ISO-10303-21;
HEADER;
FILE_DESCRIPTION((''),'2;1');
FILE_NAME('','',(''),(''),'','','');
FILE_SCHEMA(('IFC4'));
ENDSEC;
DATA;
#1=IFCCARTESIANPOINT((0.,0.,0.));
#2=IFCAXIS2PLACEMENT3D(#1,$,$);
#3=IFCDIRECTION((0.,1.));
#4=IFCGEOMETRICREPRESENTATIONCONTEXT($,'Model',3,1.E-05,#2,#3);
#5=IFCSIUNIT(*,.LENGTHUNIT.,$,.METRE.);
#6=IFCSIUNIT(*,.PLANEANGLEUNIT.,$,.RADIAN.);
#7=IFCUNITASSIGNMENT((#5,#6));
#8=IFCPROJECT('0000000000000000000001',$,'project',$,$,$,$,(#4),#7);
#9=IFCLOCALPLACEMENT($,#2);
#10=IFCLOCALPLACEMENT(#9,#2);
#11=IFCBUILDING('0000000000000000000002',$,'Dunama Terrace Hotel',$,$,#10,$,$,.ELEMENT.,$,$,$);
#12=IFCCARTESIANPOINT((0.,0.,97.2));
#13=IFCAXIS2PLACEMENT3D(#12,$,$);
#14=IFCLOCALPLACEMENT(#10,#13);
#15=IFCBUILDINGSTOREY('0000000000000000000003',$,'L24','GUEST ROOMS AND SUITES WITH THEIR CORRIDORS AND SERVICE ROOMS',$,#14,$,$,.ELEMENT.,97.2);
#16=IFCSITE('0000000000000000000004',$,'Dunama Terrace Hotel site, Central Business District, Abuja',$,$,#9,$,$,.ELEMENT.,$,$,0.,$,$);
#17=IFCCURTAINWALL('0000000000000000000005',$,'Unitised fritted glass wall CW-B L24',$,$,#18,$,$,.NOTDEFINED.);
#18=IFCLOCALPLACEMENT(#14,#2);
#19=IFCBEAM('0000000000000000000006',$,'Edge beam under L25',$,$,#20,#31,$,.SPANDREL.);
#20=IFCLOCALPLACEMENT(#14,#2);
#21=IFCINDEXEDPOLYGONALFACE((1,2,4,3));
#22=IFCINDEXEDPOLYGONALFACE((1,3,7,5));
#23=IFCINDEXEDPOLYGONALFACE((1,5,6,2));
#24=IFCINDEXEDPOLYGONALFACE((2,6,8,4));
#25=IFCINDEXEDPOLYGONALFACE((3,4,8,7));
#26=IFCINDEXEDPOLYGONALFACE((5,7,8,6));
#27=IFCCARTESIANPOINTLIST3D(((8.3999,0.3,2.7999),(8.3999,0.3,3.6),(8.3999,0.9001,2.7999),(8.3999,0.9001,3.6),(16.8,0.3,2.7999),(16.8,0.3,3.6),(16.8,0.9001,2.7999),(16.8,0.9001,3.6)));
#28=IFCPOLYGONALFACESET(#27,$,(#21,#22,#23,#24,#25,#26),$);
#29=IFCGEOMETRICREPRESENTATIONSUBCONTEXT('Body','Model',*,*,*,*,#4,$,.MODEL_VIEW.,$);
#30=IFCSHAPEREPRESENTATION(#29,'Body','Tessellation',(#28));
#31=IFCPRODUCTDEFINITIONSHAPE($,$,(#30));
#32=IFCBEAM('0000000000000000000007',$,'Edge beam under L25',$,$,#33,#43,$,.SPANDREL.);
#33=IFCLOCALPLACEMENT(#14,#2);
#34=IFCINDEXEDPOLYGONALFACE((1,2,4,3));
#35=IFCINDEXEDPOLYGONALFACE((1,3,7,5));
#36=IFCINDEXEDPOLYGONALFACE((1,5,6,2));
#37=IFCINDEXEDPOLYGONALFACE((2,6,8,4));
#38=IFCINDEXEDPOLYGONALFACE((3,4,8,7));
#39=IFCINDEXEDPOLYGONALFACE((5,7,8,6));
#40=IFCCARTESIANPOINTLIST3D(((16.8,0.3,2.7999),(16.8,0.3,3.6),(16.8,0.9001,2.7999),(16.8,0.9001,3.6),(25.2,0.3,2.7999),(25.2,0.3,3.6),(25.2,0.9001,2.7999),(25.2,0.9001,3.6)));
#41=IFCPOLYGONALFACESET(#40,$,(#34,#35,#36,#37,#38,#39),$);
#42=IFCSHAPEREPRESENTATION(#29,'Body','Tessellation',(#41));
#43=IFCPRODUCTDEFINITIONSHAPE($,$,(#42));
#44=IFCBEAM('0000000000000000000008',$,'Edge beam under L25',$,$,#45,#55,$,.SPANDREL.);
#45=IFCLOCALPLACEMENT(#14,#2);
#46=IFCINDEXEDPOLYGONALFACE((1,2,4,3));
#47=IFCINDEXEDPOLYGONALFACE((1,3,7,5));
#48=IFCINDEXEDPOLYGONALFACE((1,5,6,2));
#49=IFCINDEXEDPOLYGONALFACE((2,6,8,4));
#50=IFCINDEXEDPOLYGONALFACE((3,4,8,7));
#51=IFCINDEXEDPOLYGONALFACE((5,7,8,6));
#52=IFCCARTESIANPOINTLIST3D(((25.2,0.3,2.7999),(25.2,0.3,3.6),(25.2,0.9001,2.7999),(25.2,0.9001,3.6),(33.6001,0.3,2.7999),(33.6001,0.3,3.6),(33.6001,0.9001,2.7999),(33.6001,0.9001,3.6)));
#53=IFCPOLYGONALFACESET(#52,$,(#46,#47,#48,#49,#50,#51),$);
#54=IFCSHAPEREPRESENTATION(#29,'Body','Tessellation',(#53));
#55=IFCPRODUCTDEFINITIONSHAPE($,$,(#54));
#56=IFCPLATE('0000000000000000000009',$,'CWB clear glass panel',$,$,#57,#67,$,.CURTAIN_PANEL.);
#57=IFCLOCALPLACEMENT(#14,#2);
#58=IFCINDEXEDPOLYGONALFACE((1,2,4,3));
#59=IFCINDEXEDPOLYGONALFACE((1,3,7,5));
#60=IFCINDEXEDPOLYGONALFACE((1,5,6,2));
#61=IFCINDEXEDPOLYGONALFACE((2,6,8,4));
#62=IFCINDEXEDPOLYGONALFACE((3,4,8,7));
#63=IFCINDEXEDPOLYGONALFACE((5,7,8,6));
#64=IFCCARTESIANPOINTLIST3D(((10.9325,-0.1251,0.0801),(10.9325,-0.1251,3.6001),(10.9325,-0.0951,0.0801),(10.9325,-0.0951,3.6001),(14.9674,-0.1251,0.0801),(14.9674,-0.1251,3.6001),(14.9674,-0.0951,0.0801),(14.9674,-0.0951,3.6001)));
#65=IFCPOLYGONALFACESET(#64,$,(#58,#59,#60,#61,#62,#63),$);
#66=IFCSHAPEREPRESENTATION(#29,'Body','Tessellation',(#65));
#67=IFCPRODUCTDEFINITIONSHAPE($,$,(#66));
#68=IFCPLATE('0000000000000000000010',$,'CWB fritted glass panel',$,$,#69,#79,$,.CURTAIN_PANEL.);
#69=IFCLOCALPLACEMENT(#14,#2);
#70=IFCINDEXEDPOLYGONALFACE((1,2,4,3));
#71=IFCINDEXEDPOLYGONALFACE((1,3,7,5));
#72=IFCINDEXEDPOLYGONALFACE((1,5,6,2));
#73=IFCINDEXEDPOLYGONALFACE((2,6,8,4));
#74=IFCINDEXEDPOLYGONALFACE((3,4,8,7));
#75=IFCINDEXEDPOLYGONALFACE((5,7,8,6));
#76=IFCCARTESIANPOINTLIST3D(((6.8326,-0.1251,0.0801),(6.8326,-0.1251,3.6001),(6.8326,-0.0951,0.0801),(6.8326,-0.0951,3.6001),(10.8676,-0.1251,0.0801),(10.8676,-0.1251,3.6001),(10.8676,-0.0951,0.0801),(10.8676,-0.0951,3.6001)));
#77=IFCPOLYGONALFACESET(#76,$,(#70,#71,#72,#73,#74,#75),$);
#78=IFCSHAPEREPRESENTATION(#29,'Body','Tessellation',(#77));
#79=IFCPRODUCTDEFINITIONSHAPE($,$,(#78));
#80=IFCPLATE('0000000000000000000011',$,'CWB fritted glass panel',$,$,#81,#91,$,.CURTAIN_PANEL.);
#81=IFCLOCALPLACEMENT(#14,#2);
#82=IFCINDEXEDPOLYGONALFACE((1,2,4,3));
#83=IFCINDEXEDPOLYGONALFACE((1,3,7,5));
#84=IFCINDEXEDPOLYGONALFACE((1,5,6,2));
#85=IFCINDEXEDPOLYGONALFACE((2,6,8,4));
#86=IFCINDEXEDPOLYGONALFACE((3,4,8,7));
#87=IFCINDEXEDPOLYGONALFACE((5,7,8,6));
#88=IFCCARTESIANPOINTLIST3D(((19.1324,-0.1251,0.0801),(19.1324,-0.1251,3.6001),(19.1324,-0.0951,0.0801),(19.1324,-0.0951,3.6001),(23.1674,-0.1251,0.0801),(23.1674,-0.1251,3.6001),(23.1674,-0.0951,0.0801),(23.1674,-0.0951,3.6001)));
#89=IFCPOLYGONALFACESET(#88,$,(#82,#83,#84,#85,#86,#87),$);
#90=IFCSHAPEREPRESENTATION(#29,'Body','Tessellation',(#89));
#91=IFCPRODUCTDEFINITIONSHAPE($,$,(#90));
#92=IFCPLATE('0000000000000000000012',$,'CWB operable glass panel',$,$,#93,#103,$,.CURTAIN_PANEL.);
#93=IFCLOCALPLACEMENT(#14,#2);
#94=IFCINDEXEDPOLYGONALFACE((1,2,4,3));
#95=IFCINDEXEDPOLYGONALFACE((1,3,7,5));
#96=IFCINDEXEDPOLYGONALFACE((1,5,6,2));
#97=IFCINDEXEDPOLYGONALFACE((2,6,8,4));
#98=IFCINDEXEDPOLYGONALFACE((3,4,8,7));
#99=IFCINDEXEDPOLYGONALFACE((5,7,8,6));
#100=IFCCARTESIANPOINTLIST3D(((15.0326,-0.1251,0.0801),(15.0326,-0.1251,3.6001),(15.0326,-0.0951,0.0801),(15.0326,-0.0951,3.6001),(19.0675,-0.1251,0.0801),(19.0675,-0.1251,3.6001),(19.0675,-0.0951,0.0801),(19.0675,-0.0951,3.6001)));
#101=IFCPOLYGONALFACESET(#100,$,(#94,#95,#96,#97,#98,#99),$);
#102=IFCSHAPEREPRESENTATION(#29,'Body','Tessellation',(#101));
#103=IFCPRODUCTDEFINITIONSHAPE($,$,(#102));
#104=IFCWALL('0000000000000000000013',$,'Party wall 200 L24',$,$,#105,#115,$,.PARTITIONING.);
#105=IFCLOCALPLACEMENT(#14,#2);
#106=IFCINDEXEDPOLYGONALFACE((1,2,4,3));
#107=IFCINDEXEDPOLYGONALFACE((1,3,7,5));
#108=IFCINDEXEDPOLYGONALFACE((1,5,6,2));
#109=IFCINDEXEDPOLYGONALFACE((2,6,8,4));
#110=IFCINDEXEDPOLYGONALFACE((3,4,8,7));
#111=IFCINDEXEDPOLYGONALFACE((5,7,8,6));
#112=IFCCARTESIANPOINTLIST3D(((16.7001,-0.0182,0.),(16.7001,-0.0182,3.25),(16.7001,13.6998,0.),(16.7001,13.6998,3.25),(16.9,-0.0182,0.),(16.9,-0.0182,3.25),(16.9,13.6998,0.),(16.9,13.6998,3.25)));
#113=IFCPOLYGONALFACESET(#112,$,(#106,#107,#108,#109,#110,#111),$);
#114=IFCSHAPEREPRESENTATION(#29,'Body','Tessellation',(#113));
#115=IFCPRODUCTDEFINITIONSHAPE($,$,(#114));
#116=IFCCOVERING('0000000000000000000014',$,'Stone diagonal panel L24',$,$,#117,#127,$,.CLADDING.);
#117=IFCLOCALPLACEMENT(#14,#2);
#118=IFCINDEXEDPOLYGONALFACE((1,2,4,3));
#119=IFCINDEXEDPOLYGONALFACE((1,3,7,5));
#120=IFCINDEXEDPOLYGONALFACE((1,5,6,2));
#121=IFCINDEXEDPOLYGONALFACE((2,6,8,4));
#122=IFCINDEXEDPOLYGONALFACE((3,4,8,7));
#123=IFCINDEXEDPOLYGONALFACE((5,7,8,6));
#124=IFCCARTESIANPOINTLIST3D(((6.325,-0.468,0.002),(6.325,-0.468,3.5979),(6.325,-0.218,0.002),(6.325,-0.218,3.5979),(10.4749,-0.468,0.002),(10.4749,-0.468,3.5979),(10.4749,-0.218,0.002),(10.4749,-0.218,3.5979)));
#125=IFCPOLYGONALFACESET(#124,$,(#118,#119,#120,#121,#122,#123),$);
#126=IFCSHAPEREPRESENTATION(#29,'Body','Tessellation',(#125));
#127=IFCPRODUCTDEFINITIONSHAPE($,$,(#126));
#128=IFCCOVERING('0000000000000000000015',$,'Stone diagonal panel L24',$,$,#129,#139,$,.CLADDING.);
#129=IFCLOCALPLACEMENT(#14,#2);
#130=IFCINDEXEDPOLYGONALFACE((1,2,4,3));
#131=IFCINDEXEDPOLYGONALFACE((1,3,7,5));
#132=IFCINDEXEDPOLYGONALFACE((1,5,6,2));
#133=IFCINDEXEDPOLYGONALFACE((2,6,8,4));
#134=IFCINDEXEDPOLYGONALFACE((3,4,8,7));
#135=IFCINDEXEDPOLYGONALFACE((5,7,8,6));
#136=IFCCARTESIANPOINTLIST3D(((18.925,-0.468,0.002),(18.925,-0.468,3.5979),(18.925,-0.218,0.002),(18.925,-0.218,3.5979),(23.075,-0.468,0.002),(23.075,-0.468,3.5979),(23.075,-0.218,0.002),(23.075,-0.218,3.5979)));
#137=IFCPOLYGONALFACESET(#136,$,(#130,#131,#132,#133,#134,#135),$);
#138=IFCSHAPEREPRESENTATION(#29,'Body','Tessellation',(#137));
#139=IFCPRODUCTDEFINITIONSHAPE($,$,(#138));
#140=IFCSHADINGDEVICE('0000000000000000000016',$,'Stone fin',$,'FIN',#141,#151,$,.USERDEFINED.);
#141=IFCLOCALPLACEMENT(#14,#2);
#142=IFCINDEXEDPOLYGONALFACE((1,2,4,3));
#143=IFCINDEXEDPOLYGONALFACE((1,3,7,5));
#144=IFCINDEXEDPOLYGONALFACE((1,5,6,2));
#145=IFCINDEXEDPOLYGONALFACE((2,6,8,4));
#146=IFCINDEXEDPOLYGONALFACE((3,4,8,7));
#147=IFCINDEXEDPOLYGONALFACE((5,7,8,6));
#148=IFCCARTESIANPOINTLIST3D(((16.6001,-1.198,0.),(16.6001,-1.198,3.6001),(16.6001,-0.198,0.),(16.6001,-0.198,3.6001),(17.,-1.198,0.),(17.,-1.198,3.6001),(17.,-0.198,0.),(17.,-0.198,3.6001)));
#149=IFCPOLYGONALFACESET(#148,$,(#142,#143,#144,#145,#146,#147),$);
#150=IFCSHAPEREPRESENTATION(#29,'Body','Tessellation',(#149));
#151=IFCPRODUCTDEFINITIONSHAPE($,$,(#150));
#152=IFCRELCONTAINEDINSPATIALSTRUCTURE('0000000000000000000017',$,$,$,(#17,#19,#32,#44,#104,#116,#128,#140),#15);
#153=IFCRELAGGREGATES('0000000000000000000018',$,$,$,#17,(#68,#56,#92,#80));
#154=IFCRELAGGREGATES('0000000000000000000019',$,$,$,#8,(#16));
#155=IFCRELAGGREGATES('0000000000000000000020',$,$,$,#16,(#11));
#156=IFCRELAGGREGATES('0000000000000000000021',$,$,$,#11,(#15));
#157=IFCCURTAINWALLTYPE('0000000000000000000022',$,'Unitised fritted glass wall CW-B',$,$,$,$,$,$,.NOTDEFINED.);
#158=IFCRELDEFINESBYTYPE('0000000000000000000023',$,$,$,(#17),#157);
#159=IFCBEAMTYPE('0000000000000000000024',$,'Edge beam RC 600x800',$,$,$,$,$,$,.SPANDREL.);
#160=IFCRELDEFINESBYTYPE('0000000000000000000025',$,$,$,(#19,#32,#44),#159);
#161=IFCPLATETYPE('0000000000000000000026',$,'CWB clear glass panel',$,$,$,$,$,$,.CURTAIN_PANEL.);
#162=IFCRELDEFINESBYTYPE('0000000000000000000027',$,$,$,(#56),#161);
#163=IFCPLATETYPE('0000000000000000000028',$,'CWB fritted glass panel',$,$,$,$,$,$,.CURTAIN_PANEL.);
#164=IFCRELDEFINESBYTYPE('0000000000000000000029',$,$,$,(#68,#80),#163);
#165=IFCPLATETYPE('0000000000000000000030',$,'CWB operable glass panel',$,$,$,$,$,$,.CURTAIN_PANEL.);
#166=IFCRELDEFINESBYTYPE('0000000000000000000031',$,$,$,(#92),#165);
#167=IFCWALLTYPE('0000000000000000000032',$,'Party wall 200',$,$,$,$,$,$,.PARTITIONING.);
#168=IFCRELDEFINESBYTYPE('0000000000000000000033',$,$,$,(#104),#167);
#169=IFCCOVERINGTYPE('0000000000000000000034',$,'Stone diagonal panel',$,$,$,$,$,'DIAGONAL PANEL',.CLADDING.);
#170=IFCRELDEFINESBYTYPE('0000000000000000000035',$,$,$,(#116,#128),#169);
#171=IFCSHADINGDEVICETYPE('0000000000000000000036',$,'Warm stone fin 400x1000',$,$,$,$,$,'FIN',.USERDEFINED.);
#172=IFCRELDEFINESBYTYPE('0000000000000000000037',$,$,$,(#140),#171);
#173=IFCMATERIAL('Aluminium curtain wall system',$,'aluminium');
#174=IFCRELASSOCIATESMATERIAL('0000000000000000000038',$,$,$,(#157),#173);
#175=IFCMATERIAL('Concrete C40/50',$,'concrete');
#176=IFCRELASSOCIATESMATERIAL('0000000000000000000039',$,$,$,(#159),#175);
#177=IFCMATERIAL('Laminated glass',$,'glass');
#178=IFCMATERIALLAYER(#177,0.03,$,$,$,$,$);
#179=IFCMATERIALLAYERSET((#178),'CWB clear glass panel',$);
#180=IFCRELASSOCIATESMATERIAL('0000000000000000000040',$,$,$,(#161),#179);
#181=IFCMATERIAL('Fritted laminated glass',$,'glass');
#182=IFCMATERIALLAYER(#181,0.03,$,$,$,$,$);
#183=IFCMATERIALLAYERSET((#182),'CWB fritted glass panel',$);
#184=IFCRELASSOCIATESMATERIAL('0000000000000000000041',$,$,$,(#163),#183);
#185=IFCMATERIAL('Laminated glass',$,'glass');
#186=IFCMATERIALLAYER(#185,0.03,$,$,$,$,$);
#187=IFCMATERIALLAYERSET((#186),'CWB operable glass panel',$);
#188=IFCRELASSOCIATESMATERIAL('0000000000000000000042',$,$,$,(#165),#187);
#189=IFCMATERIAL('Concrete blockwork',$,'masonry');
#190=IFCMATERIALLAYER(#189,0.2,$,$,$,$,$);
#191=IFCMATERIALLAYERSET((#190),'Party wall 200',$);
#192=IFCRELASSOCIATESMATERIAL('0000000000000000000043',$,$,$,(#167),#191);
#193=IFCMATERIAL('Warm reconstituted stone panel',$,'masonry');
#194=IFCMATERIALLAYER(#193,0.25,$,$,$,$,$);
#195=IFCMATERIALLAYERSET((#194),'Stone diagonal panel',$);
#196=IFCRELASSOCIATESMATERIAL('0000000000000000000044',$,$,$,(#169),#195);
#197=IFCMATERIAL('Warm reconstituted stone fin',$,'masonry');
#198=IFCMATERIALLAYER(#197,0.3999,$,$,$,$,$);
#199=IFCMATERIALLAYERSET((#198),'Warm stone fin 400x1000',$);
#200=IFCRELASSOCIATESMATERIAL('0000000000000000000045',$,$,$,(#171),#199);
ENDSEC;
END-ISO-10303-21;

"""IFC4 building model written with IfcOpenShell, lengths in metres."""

from ifc_helpers import new_model, si_unit, direction, frame, frame_2d, origin, origin_2d, place, context, subcontext, project, spatial, rectangle, extrude, material, layer, layer_set, material_profile, profile_set, type_object, element, aggregate, save


model = new_model("IFC4")

# Units and contexts
model_context = context("Model", 3, precision=1e-05, world=origin(), true_north=direction((0.0, 1.0)))
body_context = subcontext(model_context, "Body", "Model", "MODEL_VIEW")
ifc_project = project(units=[si_unit("LENGTHUNIT", "METRE"), si_unit("PLANEANGLEUNIT", "RADIAN")], contexts=[model_context])

# Site, building, storey
site_placement = place(None, origin())
site = spatial("IfcSite", under=ifc_project, at=site_placement, Name="Dunama Terrace Hotel site, Central Business District, Abuja", CompositionType="ELEMENT", RefElevation=0.0)
building_placement = place(site_placement, origin())
building = spatial("IfcBuilding", under=site, at=building_placement, Name="Dunama Terrace Hotel", CompositionType="ELEMENT")
storey_placement = place(building_placement, frame((0.0, 0.0, 97.2)))
storey = spatial("IfcBuildingStorey", under=building, at=storey_placement, Name="L24", Description="GUEST ROOMS AND SUITES WITH THEIR CORRIDORS AND SERVICE ROOMS", CompositionType="ELEMENT", Elevation=97.2)

# Curtain wall
ifc_material_1 = material(Name="Aluminium curtain wall system", Category="aluminium")
curtain_wall_type = type_object("IfcCurtainWallType", Name="Unitised fritted glass wall CW-B", PredefinedType="NOTDEFINED", material=ifc_material_1)
curtain_wall_placement = place(storey_placement, origin())
curtain_wall = element("IfcCurtainWall", 1, at=curtain_wall_placement, inside=storey, type_object=curtain_wall_type, Name="Unitised fritted glass wall CW-B L24", PredefinedType="NOTDEFINED")

# Beams
ifc_material_2 = material(Name="Concrete C40/50", Category="concrete")
ifc_material_profile_1 = material_profile(ifc_material_2, rectangle(XDim=0.6001, YDim=0.8, at=origin_2d()), Name="RC 600x800")
ifc_profile_set_1 = profile_set([ifc_material_profile_1], Name="Concrete C40/50")
beam_type_1 = type_object("IfcBeamType", Name="Edge beam RC 600x800", PredefinedType="SPANDREL", material=ifc_profile_set_1)
beam_1_placement = place(storey_placement, frame((8.3999, 0.6001, 3.2), z_axis=(1.0, 0.0, 0.0), x_axis=(0.0, 1.0, 0.0)))
element("IfcBeam", 2, at=beam_1_placement, inside=storey, type_object=beam_type_1, Name="Edge beam under L25", PredefinedType="SPANDREL", context=body_context, shape_type="SweptSolid", body=[
    extrude(rectangle(XDim=0.6001, YDim=0.8, at=origin_2d()), origin(), (0.0, 0.0, 1.0), 8.4001),
])
beam_2_placement = place(storey_placement, frame((16.8, 0.6001, 3.2), z_axis=(1.0, 0.0, 0.0), x_axis=(0.0, 1.0, 0.0)))
element("IfcBeam", 3, at=beam_2_placement, inside=storey, type_object=beam_type_1, Name="Edge beam under L25", PredefinedType="SPANDREL", context=body_context, shape_type="SweptSolid", body=[
    extrude(rectangle(XDim=0.6001, YDim=0.8, at=origin_2d()), origin(), (0.0, 0.0, 1.0), 8.3999),
])
beam_3_placement = place(storey_placement, frame((25.2, 0.6001, 3.2), z_axis=(1.0, 0.0, 0.0), x_axis=(0.0, 1.0, 0.0)))
element("IfcBeam", 4, at=beam_3_placement, inside=storey, type_object=beam_type_1, Name="Edge beam under L25", PredefinedType="SPANDREL", context=body_context, shape_type="SweptSolid", body=[
    extrude(rectangle(XDim=0.6001, YDim=0.8, at=origin_2d()), origin(), (0.0, 0.0, 1.0), 8.4001),
])

# Plates
ifc_material_3 = material(Name="Laminated glass", Category="glass")
ifc_layer_1 = layer(ifc_material_3, 0.03)
ifc_layer_set_1 = layer_set([ifc_layer_1], Name="CWB clear glass panel")
plate_type_1 = type_object("IfcPlateType", Name="CWB clear glass panel", PredefinedType="CURTAIN_PANEL", material=ifc_layer_set_1)
plate_1_placement = place(storey_placement, frame((12.95, -0.1101, 0.0801), z_axis=(0.0, 0.0, 1.0), x_axis=(1.0, 0.0, 0.0)))
plate_1 = element("IfcPlate", 5, at=plate_1_placement, type_object=plate_type_1, Name="CWB clear glass panel", PredefinedType="CURTAIN_PANEL", context=body_context, shape_type="SweptSolid", body=[
    extrude(rectangle(XDim=4.0349, YDim=0.03, at=origin_2d()), origin(), (0.0, 0.0, 1.0), 3.52),
])
ifc_material_4 = material(Name="Fritted laminated glass", Category="glass")
ifc_layer_2 = layer(ifc_material_4, 0.03)
ifc_layer_set_2 = layer_set([ifc_layer_2], Name="CWB fritted glass panel")
plate_type_2 = type_object("IfcPlateType", Name="CWB fritted glass panel", PredefinedType="CURTAIN_PANEL", material=ifc_layer_set_2)
plate_2_placement = place(storey_placement, frame((8.8501, -0.1101, 0.0801), z_axis=(0.0, 0.0, 1.0), x_axis=(1.0, 0.0, 0.0)))
plate_2 = element("IfcPlate", 6, at=plate_2_placement, type_object=plate_type_2, Name="CWB fritted glass panel", PredefinedType="CURTAIN_PANEL", context=body_context, shape_type="SweptSolid", body=[
    extrude(rectangle(XDim=4.0349, YDim=0.03, at=origin_2d()), origin(), (0.0, 0.0, 1.0), 3.52),
])
plate_3_placement = place(storey_placement, frame((21.1499, -0.1101, 0.0801), z_axis=(0.0, 0.0, 1.0), x_axis=(1.0, 0.0, 0.0)))
plate_3 = element("IfcPlate", 7, at=plate_3_placement, type_object=plate_type_2, Name="CWB fritted glass panel", PredefinedType="CURTAIN_PANEL", context=body_context, shape_type="SweptSolid", body=[
    extrude(rectangle(XDim=4.0349, YDim=0.03, at=origin_2d()), origin(), (0.0, 0.0, 1.0), 3.52),
])
ifc_material_5 = material(Name="Laminated glass", Category="glass")
ifc_layer_3 = layer(ifc_material_5, 0.03)
ifc_layer_set_3 = layer_set([ifc_layer_3], Name="CWB operable glass panel")
plate_type_3 = type_object("IfcPlateType", Name="CWB operable glass panel", PredefinedType="CURTAIN_PANEL", material=ifc_layer_set_3)
plate_4_placement = place(storey_placement, frame((17.05, -0.1101, 0.0801), z_axis=(0.0, 0.0, 1.0), x_axis=(1.0, 0.0, 0.0)))
plate_4 = element("IfcPlate", 8, at=plate_4_placement, type_object=plate_type_3, Name="CWB operable glass panel", PredefinedType="CURTAIN_PANEL", context=body_context, shape_type="SweptSolid", body=[
    extrude(rectangle(XDim=4.0349, YDim=0.03, at=origin_2d()), origin(), (0.0, 0.0, 1.0), 3.52),
])
aggregate(curtain_wall, [plate_2, plate_1, plate_4, plate_3])

# Wall
ifc_material_6 = material(Name="Concrete blockwork", Category="masonry")
ifc_layer_4 = layer(ifc_material_6, 0.2)
ifc_layer_set_4 = layer_set([ifc_layer_4], Name="Party wall 200")
wall_type = type_object("IfcWallType", Name="Party wall 200", PredefinedType="PARTITIONING", material=ifc_layer_set_4)
wall_placement = place(storey_placement, frame((16.8, -0.0181, 0.0), z_axis=(0.0, 0.0, 1.0), x_axis=(0.0, 1.0, 0.0)))
element("IfcWall", 9, at=wall_placement, inside=storey, type_object=wall_type, Name="Party wall 200 L24", PredefinedType="PARTITIONING", context=body_context, shape_type="SweptSolid", body=[
    extrude(rectangle(XDim=13.718, YDim=0.2, at=frame_2d((6.8589, 0.0))), origin(), (0.0, 0.0, 1.0), 3.25),
])

# Coverings
ifc_material_7 = material(Name="Warm reconstituted stone panel", Category="masonry")
ifc_layer_5 = layer(ifc_material_7, 0.25)
ifc_layer_set_5 = layer_set([ifc_layer_5], Name="Stone diagonal panel")
covering_type = type_object("IfcCoveringType", Name="Stone diagonal panel", ElementType="DIAGONAL PANEL", PredefinedType="CLADDING", material=ifc_layer_set_5)
for number, where, z_axis, x_axis, name in (
    (10, (8.3999, -0.343, 0.002), (0.0, 0.0, 1.0), (1.0, 0.0, 0.0), "Stone diagonal panel L24"),
    (11, (21.0, -0.343, 0.002), (0.0, 0.0, 1.0), (1.0, 0.0, 0.0), "Stone diagonal panel L24"),
):
    element("IfcCovering", number, at=place(storey_placement, frame(where, z_axis=z_axis, x_axis=x_axis)), inside=storey, type_object=covering_type, Name=name, PredefinedType="CLADDING", context=body_context, shape_type="SweptSolid", body=[
        extrude(rectangle(XDim=4.1499, YDim=0.25, at=origin_2d()), origin(), (0.0, 0.0, 1.0), 3.5959),
    ])

# Shading device
ifc_material_8 = material(Name="Warm reconstituted stone fin", Category="masonry")
ifc_layer_6 = layer(ifc_material_8, 0.3999)
ifc_layer_set_6 = layer_set([ifc_layer_6], Name="Warm stone fin 400x1000")
shading_device_type = type_object("IfcShadingDeviceType", Name="Warm stone fin 400x1000", ElementType="FIN", PredefinedType="USERDEFINED", material=ifc_layer_set_6)
shading_device_placement = place(storey_placement, frame((16.8, -0.698, 0.0), z_axis=(0.0, 0.0, 1.0), x_axis=(1.0, 0.0, 0.0)))
element("IfcShadingDevice", 12, at=shading_device_placement, inside=storey, type_object=shading_device_type, Name="Stone fin", ObjectType="FIN", PredefinedType="USERDEFINED", context=body_context, shape_type="SweptSolid", body=[
    extrude(rectangle(XDim=0.3999, YDim=1.0, at=origin_2d()), origin(), (0.0, 0.0, 1.0), 3.6001),
])

save(model, "model.ifc")
